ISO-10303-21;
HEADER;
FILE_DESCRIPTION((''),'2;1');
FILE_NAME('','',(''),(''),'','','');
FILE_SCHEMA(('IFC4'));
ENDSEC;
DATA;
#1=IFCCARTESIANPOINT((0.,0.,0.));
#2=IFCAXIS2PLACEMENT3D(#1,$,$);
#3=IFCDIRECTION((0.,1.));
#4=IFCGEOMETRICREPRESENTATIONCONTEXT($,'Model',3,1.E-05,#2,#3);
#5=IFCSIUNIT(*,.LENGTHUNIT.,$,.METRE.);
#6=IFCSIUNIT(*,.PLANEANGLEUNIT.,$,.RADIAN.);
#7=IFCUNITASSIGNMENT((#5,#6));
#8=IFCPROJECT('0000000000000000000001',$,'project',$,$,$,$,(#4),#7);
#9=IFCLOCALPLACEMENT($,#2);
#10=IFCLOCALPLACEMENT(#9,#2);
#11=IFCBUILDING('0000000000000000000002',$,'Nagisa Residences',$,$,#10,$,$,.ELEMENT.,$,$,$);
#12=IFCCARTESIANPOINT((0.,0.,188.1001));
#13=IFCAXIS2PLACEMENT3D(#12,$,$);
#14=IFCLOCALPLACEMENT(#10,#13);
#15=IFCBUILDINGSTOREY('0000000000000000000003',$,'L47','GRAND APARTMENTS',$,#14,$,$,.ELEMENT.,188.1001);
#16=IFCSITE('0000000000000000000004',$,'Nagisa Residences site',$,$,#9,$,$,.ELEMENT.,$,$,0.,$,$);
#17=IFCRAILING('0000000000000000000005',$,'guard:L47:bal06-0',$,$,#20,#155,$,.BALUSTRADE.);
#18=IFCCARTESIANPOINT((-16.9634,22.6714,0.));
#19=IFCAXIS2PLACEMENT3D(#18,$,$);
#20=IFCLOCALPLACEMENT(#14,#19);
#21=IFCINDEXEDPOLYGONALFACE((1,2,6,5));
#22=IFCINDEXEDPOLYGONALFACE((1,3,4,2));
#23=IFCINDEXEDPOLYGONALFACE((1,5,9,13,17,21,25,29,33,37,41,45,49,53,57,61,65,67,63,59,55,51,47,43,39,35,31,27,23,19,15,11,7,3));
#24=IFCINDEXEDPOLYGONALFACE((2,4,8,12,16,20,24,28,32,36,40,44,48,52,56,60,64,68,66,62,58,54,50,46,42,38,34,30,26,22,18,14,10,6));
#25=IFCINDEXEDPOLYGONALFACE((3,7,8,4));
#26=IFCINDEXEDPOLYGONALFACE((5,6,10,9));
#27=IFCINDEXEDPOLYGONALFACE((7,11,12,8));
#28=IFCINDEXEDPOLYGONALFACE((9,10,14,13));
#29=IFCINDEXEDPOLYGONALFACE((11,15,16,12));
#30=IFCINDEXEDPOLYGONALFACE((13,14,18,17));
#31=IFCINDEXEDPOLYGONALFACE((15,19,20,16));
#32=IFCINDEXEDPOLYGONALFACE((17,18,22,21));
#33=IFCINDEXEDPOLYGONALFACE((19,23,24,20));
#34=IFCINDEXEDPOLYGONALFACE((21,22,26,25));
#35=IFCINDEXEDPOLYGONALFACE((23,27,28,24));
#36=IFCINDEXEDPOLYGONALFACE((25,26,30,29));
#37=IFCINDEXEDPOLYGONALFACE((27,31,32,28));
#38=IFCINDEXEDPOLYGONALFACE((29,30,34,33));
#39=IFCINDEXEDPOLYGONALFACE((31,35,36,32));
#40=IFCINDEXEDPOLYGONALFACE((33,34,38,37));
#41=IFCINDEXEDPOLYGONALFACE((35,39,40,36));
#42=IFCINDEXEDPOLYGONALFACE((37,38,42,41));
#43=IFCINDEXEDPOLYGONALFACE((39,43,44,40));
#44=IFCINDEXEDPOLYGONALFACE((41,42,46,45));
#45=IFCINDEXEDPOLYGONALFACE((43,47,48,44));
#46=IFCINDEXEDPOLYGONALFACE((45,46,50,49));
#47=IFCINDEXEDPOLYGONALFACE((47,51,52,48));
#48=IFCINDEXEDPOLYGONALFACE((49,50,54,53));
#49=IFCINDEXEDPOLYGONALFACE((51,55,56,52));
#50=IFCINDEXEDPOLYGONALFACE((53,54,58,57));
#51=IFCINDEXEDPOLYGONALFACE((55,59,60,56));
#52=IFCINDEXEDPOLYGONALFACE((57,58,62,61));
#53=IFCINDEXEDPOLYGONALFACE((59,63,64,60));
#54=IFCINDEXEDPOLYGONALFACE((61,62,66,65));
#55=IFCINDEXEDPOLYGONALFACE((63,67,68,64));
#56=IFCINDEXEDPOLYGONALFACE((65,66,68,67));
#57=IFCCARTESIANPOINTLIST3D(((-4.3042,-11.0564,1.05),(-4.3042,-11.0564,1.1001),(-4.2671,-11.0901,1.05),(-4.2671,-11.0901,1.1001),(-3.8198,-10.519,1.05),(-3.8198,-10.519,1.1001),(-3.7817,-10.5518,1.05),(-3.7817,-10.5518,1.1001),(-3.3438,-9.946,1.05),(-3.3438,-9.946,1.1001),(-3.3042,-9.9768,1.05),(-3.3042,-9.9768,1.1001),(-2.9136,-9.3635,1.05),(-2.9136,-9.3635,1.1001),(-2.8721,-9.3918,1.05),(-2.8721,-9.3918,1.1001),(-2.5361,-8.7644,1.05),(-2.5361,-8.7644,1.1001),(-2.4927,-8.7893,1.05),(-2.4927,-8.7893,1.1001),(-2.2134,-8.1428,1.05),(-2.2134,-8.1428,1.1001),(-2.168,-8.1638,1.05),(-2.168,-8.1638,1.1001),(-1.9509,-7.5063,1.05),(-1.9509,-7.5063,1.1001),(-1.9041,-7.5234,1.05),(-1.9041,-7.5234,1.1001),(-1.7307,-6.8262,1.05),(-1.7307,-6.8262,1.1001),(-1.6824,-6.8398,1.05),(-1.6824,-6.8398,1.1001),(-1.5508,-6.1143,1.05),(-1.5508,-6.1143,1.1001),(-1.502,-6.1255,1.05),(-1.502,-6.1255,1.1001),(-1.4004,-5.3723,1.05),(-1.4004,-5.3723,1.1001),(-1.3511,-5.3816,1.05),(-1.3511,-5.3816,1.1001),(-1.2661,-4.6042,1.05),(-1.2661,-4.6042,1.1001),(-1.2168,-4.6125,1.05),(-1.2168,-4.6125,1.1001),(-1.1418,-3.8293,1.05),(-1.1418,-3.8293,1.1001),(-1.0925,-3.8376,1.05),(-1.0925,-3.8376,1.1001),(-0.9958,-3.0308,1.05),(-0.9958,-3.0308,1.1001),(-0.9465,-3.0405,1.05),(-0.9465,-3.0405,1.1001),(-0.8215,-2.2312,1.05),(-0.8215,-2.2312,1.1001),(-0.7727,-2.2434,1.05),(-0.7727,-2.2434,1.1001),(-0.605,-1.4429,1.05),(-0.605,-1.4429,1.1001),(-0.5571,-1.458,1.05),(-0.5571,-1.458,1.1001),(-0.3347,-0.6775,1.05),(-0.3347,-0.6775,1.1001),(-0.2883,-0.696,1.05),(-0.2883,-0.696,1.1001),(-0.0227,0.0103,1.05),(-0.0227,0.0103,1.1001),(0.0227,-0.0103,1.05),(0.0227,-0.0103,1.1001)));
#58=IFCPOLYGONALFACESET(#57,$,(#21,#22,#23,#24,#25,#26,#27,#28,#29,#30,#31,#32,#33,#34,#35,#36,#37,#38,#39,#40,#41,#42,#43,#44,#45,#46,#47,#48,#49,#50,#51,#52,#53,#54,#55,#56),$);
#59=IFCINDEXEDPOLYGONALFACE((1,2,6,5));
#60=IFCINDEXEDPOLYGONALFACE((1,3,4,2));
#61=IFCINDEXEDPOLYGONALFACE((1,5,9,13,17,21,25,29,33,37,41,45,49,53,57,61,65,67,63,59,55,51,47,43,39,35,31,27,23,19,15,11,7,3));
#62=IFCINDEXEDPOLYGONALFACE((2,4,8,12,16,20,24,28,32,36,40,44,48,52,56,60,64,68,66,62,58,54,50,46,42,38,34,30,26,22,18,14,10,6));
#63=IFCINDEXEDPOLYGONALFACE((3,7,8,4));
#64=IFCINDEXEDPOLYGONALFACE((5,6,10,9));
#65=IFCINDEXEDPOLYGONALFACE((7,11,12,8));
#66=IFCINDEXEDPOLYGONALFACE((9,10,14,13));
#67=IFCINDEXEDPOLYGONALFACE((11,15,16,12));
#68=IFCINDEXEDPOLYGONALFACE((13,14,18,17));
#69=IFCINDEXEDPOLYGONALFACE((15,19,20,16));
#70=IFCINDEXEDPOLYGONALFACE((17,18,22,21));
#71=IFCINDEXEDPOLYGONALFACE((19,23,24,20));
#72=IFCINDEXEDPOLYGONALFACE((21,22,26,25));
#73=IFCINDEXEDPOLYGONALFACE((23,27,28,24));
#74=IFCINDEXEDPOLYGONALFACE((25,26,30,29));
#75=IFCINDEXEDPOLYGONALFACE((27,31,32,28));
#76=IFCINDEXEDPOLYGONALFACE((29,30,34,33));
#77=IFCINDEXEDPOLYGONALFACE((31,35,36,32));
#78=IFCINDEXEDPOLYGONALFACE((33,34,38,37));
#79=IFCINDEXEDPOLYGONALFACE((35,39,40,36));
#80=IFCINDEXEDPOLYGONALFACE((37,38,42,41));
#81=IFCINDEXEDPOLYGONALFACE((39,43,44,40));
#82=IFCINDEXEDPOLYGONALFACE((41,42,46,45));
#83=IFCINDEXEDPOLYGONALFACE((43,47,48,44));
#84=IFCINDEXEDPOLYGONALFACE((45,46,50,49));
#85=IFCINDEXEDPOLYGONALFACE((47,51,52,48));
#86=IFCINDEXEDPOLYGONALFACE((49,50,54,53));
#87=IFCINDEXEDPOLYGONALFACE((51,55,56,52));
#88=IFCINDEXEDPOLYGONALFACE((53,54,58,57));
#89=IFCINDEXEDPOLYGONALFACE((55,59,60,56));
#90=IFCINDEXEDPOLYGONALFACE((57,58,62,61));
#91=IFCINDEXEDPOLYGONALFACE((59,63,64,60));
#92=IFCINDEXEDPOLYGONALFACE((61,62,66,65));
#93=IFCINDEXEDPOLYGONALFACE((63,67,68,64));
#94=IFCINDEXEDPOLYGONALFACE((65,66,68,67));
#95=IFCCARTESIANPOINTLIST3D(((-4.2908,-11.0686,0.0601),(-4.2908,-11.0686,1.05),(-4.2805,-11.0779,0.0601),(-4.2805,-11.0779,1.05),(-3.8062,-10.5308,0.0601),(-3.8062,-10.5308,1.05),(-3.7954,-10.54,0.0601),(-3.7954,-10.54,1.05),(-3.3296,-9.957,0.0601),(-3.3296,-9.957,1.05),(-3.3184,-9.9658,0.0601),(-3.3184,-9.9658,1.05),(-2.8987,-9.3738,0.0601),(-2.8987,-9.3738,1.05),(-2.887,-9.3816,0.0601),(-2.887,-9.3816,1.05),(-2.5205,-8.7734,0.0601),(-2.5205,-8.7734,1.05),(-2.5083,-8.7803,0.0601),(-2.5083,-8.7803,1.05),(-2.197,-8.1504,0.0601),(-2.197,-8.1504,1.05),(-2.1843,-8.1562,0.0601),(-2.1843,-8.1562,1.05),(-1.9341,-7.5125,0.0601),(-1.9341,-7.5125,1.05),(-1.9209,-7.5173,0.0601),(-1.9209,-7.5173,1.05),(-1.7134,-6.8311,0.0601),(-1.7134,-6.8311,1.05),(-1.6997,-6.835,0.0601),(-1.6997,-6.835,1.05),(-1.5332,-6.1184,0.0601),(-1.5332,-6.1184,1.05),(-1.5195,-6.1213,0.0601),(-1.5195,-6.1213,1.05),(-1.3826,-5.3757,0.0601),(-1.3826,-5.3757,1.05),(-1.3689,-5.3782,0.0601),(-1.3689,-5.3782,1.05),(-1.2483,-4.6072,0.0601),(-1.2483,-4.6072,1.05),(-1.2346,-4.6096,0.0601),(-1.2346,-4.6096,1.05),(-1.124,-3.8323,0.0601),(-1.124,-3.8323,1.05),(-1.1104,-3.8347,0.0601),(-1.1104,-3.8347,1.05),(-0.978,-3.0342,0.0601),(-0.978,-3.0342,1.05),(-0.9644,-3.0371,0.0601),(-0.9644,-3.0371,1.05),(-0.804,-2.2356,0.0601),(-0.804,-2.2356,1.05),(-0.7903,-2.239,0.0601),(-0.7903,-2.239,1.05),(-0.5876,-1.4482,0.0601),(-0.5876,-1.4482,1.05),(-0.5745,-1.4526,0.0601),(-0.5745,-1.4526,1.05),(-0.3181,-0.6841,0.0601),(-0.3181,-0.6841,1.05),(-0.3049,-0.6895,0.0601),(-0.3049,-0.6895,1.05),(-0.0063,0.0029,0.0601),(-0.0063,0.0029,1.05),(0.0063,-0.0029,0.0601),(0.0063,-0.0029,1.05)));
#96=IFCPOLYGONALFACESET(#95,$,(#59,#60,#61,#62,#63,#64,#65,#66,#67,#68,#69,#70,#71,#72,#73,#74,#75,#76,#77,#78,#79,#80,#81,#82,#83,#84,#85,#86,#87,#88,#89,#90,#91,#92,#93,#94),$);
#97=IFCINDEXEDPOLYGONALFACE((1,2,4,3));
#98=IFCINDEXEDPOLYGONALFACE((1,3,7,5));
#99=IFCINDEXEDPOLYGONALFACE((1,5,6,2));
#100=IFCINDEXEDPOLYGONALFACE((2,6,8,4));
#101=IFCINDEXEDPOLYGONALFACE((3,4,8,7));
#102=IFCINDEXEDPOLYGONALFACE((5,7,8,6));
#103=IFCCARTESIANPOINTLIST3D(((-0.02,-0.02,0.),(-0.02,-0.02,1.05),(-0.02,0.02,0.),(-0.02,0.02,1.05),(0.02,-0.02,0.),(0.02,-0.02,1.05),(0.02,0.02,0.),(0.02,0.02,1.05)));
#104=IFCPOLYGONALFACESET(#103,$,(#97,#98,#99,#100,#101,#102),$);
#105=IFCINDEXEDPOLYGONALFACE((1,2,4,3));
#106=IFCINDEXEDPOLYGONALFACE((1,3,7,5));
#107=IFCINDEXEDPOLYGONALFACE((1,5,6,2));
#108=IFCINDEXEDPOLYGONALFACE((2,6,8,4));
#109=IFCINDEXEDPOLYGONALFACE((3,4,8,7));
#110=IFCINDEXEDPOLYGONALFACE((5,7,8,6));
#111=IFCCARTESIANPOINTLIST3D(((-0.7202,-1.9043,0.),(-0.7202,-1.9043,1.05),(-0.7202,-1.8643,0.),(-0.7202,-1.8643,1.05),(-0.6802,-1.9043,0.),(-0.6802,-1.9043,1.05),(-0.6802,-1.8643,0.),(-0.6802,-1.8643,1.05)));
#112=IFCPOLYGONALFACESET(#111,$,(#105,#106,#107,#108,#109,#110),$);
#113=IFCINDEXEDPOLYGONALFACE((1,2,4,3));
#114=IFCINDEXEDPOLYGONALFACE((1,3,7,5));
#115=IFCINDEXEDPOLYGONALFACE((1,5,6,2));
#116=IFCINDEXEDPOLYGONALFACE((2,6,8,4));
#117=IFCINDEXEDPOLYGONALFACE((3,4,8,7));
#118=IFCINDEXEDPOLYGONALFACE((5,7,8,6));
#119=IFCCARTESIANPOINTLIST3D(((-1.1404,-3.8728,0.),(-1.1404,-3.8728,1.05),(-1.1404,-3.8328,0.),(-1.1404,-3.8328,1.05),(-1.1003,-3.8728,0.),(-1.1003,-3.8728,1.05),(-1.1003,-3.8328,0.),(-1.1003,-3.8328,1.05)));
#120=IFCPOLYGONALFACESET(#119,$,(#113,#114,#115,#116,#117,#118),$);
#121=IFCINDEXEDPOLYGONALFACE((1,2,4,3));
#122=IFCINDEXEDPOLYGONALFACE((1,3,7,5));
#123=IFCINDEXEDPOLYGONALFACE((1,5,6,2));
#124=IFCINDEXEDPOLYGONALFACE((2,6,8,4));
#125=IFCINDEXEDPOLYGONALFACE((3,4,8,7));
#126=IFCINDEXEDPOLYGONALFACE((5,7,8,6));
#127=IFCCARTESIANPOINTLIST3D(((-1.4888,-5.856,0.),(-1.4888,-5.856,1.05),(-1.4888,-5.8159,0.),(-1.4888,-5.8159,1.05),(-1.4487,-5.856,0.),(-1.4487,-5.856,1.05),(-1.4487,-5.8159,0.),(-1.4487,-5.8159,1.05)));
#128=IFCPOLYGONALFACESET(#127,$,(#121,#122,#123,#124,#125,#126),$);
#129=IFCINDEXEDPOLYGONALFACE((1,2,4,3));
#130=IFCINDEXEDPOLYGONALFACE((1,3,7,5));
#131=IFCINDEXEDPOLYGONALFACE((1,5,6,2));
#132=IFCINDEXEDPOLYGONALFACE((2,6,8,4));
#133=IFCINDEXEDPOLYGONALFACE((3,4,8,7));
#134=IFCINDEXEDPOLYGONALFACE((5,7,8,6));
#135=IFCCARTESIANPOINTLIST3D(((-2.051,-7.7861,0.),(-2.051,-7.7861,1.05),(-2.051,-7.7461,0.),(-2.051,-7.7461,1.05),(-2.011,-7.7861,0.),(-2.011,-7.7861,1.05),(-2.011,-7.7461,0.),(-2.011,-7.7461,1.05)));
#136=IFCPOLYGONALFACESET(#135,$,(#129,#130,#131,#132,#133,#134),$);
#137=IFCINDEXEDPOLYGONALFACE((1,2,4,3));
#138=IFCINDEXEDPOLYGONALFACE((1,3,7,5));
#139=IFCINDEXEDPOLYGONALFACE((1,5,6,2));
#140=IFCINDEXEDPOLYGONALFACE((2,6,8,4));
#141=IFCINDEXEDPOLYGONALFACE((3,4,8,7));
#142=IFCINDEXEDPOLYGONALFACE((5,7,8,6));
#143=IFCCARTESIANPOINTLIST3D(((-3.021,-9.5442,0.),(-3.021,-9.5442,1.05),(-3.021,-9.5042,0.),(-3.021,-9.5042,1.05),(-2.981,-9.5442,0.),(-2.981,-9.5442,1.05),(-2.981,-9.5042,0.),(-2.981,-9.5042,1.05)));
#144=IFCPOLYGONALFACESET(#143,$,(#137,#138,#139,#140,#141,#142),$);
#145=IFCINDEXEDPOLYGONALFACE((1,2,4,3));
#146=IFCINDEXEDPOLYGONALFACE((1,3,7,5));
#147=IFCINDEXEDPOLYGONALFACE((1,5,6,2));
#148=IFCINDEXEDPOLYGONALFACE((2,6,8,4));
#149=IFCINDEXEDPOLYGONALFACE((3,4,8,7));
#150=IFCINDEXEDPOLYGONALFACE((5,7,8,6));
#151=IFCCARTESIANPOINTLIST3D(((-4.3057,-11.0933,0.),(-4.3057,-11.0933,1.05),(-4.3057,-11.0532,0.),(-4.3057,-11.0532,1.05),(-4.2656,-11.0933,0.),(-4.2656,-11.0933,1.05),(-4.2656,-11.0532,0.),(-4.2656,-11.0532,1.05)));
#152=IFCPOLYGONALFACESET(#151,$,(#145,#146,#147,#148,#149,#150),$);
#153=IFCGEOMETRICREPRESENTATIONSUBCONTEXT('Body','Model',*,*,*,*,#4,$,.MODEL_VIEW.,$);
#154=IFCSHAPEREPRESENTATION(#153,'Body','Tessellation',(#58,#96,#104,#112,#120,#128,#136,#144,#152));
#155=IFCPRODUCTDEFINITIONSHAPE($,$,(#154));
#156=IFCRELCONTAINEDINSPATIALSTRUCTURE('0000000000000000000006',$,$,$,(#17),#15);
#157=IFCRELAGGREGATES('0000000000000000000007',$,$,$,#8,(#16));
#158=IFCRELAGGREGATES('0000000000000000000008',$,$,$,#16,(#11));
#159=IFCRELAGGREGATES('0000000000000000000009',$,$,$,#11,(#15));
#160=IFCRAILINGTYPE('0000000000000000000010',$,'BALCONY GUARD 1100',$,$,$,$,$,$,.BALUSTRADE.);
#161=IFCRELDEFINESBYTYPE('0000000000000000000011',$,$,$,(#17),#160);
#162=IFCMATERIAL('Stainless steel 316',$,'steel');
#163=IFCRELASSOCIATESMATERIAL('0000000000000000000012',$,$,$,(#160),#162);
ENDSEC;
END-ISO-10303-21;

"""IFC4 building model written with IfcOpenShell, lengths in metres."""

from ifc_helpers import new_model, si_unit, direction, frame, origin, origin_2d, place, context, subcontext, project, spatial, polyline, rectangle, outline, extrude, material, type_object, element, save


model = new_model("IFC4")

# Units and contexts
model_context = context("Model", 3, precision=1e-05, world=origin(), true_north=direction((0.0, 1.0)))
body_context = subcontext(model_context, "Body", "Model", "MODEL_VIEW")
ifc_project = project(units=[si_unit("LENGTHUNIT", "METRE"), si_unit("PLANEANGLEUNIT", "RADIAN")], contexts=[model_context])

# Site, building, storey
site_placement = place(None, origin())
site = spatial("IfcSite", under=ifc_project, at=site_placement, Name="Nagisa Residences site", CompositionType="ELEMENT", RefElevation=0.0)
building_placement = place(site_placement, origin())
building = spatial("IfcBuilding", under=site, at=building_placement, Name="Nagisa Residences", CompositionType="ELEMENT")
storey_placement = place(building_placement, frame((0.0, 0.0, 188.1001)))
storey = spatial("IfcBuildingStorey", under=building, at=storey_placement, Name="L47", Description="GRAND APARTMENTS", CompositionType="ELEMENT", Elevation=188.1001)

# Railing
ifc_material_1 = material(Name="Stainless steel 316", Category="steel")
railing_type = type_object("IfcRailingType", Name="BALCONY GUARD 1100", PredefinedType="BALUSTRADE", material=ifc_material_1)
railing_1_placement = place(storey_placement, frame((-16.9634, 22.6714, 0.0)))
element("IfcRailing", 1, at=railing_1_placement, inside=storey, type_object=railing_type, Name="guard:L47:bal06-0", PredefinedType="BALUSTRADE", context=body_context, shape_type="SweptSolid", body=[
    extrude(outline(polyline([(-0.2883, -0.696), (0.0227, -0.0103), (-0.0227, 0.0103), (-0.3347, -0.6775), (-0.605, -1.4429), (-0.8215, -2.2312), (-0.9958, -3.0308), (-1.1418, -3.8293), (-1.2661, -4.6042), (-1.4004, -5.3723), (-1.5508, -6.1143), (-1.7307, -6.8262), (-1.9509, -7.5063), (-2.2134, -8.1428), (-2.5361, -8.7644), (-2.9136, -9.3635), (-3.3438, -9.946), (-3.8198, -10.519), (-4.3042, -11.0564), (-4.2671, -11.0901), (-3.7817, -10.5518), (-3.3042, -9.9768), (-2.8721, -9.3918), (-2.4927, -8.7893), (-2.168, -8.1638), (-1.9041, -7.5234), (-1.6824, -6.8398), (-1.502, -6.1255), (-1.3511, -5.3816), (-1.2168, -4.6125), (-1.0925, -3.8376), (-0.9465, -3.0405), (-0.7727, -2.2434), (-0.5571, -1.458), (-0.2883, -0.696)])), frame((0.0, 0.0, 1.05)), (0.0, 0.0, 1.0), 0.05),
    extrude(outline(polyline([(-0.3049, -0.6895), (0.0063, -0.0029), (-0.0063, 0.0029), (-0.3181, -0.6841), (-0.5876, -1.4482), (-0.804, -2.2356), (-0.978, -3.0342), (-1.124, -3.8323), (-1.2483, -4.6072), (-1.3826, -5.3757), (-1.5332, -6.1184), (-1.7134, -6.8311), (-1.9341, -7.5125), (-2.197, -8.1504), (-2.5205, -8.7734), (-2.8987, -9.3738), (-3.3296, -9.957), (-3.8062, -10.5308), (-4.2908, -11.0686), (-4.2805, -11.0779), (-3.7954, -10.54), (-3.3184, -9.9658), (-2.887, -9.3816), (-2.5083, -8.7803), (-2.1843, -8.1562), (-1.9209, -7.5173), (-1.6997, -6.835), (-1.5195, -6.1213), (-1.3689, -5.3782), (-1.2346, -4.6096), (-1.1104, -3.8347), (-0.9644, -3.0371), (-0.7903, -2.239), (-0.5745, -1.4526), (-0.3049, -0.6895)])), frame((0.0, 0.0, 0.0601)), (0.0, 0.0, 1.0), 0.99),
    extrude(rectangle(XDim=0.04, YDim=0.04, at=origin_2d()), origin(), (0.0, 0.0, 1.0), 1.05),
    extrude(rectangle(XDim=0.04, YDim=0.04, at=origin_2d()), frame((-0.7002, -1.8843, 0.0)), (0.0, 0.0, 1.0), 1.05),
    extrude(rectangle(XDim=0.04, YDim=0.04, at=origin_2d()), frame((-1.1204, -3.8528, 0.0)), (0.0, 0.0, 1.0), 1.05),
    extrude(rectangle(XDim=0.04, YDim=0.04, at=origin_2d()), frame((-1.4688, -5.8359, 0.0)), (0.0, 0.0, 1.0), 1.05),
    extrude(rectangle(XDim=0.04, YDim=0.04, at=origin_2d()), frame((-2.031, -7.7661, 0.0)), (0.0, 0.0, 1.0), 1.05),
    extrude(rectangle(XDim=0.04, YDim=0.04, at=origin_2d()), frame((-3.001, -9.5242, 0.0)), (0.0, 0.0, 1.0), 1.05),
    extrude(rectangle(XDim=0.04, YDim=0.04, at=origin_2d()), frame((-4.2856, -11.0732, 0.0)), (0.0, 0.0, 1.0), 1.05),
])

save(model, "model.ifc")
